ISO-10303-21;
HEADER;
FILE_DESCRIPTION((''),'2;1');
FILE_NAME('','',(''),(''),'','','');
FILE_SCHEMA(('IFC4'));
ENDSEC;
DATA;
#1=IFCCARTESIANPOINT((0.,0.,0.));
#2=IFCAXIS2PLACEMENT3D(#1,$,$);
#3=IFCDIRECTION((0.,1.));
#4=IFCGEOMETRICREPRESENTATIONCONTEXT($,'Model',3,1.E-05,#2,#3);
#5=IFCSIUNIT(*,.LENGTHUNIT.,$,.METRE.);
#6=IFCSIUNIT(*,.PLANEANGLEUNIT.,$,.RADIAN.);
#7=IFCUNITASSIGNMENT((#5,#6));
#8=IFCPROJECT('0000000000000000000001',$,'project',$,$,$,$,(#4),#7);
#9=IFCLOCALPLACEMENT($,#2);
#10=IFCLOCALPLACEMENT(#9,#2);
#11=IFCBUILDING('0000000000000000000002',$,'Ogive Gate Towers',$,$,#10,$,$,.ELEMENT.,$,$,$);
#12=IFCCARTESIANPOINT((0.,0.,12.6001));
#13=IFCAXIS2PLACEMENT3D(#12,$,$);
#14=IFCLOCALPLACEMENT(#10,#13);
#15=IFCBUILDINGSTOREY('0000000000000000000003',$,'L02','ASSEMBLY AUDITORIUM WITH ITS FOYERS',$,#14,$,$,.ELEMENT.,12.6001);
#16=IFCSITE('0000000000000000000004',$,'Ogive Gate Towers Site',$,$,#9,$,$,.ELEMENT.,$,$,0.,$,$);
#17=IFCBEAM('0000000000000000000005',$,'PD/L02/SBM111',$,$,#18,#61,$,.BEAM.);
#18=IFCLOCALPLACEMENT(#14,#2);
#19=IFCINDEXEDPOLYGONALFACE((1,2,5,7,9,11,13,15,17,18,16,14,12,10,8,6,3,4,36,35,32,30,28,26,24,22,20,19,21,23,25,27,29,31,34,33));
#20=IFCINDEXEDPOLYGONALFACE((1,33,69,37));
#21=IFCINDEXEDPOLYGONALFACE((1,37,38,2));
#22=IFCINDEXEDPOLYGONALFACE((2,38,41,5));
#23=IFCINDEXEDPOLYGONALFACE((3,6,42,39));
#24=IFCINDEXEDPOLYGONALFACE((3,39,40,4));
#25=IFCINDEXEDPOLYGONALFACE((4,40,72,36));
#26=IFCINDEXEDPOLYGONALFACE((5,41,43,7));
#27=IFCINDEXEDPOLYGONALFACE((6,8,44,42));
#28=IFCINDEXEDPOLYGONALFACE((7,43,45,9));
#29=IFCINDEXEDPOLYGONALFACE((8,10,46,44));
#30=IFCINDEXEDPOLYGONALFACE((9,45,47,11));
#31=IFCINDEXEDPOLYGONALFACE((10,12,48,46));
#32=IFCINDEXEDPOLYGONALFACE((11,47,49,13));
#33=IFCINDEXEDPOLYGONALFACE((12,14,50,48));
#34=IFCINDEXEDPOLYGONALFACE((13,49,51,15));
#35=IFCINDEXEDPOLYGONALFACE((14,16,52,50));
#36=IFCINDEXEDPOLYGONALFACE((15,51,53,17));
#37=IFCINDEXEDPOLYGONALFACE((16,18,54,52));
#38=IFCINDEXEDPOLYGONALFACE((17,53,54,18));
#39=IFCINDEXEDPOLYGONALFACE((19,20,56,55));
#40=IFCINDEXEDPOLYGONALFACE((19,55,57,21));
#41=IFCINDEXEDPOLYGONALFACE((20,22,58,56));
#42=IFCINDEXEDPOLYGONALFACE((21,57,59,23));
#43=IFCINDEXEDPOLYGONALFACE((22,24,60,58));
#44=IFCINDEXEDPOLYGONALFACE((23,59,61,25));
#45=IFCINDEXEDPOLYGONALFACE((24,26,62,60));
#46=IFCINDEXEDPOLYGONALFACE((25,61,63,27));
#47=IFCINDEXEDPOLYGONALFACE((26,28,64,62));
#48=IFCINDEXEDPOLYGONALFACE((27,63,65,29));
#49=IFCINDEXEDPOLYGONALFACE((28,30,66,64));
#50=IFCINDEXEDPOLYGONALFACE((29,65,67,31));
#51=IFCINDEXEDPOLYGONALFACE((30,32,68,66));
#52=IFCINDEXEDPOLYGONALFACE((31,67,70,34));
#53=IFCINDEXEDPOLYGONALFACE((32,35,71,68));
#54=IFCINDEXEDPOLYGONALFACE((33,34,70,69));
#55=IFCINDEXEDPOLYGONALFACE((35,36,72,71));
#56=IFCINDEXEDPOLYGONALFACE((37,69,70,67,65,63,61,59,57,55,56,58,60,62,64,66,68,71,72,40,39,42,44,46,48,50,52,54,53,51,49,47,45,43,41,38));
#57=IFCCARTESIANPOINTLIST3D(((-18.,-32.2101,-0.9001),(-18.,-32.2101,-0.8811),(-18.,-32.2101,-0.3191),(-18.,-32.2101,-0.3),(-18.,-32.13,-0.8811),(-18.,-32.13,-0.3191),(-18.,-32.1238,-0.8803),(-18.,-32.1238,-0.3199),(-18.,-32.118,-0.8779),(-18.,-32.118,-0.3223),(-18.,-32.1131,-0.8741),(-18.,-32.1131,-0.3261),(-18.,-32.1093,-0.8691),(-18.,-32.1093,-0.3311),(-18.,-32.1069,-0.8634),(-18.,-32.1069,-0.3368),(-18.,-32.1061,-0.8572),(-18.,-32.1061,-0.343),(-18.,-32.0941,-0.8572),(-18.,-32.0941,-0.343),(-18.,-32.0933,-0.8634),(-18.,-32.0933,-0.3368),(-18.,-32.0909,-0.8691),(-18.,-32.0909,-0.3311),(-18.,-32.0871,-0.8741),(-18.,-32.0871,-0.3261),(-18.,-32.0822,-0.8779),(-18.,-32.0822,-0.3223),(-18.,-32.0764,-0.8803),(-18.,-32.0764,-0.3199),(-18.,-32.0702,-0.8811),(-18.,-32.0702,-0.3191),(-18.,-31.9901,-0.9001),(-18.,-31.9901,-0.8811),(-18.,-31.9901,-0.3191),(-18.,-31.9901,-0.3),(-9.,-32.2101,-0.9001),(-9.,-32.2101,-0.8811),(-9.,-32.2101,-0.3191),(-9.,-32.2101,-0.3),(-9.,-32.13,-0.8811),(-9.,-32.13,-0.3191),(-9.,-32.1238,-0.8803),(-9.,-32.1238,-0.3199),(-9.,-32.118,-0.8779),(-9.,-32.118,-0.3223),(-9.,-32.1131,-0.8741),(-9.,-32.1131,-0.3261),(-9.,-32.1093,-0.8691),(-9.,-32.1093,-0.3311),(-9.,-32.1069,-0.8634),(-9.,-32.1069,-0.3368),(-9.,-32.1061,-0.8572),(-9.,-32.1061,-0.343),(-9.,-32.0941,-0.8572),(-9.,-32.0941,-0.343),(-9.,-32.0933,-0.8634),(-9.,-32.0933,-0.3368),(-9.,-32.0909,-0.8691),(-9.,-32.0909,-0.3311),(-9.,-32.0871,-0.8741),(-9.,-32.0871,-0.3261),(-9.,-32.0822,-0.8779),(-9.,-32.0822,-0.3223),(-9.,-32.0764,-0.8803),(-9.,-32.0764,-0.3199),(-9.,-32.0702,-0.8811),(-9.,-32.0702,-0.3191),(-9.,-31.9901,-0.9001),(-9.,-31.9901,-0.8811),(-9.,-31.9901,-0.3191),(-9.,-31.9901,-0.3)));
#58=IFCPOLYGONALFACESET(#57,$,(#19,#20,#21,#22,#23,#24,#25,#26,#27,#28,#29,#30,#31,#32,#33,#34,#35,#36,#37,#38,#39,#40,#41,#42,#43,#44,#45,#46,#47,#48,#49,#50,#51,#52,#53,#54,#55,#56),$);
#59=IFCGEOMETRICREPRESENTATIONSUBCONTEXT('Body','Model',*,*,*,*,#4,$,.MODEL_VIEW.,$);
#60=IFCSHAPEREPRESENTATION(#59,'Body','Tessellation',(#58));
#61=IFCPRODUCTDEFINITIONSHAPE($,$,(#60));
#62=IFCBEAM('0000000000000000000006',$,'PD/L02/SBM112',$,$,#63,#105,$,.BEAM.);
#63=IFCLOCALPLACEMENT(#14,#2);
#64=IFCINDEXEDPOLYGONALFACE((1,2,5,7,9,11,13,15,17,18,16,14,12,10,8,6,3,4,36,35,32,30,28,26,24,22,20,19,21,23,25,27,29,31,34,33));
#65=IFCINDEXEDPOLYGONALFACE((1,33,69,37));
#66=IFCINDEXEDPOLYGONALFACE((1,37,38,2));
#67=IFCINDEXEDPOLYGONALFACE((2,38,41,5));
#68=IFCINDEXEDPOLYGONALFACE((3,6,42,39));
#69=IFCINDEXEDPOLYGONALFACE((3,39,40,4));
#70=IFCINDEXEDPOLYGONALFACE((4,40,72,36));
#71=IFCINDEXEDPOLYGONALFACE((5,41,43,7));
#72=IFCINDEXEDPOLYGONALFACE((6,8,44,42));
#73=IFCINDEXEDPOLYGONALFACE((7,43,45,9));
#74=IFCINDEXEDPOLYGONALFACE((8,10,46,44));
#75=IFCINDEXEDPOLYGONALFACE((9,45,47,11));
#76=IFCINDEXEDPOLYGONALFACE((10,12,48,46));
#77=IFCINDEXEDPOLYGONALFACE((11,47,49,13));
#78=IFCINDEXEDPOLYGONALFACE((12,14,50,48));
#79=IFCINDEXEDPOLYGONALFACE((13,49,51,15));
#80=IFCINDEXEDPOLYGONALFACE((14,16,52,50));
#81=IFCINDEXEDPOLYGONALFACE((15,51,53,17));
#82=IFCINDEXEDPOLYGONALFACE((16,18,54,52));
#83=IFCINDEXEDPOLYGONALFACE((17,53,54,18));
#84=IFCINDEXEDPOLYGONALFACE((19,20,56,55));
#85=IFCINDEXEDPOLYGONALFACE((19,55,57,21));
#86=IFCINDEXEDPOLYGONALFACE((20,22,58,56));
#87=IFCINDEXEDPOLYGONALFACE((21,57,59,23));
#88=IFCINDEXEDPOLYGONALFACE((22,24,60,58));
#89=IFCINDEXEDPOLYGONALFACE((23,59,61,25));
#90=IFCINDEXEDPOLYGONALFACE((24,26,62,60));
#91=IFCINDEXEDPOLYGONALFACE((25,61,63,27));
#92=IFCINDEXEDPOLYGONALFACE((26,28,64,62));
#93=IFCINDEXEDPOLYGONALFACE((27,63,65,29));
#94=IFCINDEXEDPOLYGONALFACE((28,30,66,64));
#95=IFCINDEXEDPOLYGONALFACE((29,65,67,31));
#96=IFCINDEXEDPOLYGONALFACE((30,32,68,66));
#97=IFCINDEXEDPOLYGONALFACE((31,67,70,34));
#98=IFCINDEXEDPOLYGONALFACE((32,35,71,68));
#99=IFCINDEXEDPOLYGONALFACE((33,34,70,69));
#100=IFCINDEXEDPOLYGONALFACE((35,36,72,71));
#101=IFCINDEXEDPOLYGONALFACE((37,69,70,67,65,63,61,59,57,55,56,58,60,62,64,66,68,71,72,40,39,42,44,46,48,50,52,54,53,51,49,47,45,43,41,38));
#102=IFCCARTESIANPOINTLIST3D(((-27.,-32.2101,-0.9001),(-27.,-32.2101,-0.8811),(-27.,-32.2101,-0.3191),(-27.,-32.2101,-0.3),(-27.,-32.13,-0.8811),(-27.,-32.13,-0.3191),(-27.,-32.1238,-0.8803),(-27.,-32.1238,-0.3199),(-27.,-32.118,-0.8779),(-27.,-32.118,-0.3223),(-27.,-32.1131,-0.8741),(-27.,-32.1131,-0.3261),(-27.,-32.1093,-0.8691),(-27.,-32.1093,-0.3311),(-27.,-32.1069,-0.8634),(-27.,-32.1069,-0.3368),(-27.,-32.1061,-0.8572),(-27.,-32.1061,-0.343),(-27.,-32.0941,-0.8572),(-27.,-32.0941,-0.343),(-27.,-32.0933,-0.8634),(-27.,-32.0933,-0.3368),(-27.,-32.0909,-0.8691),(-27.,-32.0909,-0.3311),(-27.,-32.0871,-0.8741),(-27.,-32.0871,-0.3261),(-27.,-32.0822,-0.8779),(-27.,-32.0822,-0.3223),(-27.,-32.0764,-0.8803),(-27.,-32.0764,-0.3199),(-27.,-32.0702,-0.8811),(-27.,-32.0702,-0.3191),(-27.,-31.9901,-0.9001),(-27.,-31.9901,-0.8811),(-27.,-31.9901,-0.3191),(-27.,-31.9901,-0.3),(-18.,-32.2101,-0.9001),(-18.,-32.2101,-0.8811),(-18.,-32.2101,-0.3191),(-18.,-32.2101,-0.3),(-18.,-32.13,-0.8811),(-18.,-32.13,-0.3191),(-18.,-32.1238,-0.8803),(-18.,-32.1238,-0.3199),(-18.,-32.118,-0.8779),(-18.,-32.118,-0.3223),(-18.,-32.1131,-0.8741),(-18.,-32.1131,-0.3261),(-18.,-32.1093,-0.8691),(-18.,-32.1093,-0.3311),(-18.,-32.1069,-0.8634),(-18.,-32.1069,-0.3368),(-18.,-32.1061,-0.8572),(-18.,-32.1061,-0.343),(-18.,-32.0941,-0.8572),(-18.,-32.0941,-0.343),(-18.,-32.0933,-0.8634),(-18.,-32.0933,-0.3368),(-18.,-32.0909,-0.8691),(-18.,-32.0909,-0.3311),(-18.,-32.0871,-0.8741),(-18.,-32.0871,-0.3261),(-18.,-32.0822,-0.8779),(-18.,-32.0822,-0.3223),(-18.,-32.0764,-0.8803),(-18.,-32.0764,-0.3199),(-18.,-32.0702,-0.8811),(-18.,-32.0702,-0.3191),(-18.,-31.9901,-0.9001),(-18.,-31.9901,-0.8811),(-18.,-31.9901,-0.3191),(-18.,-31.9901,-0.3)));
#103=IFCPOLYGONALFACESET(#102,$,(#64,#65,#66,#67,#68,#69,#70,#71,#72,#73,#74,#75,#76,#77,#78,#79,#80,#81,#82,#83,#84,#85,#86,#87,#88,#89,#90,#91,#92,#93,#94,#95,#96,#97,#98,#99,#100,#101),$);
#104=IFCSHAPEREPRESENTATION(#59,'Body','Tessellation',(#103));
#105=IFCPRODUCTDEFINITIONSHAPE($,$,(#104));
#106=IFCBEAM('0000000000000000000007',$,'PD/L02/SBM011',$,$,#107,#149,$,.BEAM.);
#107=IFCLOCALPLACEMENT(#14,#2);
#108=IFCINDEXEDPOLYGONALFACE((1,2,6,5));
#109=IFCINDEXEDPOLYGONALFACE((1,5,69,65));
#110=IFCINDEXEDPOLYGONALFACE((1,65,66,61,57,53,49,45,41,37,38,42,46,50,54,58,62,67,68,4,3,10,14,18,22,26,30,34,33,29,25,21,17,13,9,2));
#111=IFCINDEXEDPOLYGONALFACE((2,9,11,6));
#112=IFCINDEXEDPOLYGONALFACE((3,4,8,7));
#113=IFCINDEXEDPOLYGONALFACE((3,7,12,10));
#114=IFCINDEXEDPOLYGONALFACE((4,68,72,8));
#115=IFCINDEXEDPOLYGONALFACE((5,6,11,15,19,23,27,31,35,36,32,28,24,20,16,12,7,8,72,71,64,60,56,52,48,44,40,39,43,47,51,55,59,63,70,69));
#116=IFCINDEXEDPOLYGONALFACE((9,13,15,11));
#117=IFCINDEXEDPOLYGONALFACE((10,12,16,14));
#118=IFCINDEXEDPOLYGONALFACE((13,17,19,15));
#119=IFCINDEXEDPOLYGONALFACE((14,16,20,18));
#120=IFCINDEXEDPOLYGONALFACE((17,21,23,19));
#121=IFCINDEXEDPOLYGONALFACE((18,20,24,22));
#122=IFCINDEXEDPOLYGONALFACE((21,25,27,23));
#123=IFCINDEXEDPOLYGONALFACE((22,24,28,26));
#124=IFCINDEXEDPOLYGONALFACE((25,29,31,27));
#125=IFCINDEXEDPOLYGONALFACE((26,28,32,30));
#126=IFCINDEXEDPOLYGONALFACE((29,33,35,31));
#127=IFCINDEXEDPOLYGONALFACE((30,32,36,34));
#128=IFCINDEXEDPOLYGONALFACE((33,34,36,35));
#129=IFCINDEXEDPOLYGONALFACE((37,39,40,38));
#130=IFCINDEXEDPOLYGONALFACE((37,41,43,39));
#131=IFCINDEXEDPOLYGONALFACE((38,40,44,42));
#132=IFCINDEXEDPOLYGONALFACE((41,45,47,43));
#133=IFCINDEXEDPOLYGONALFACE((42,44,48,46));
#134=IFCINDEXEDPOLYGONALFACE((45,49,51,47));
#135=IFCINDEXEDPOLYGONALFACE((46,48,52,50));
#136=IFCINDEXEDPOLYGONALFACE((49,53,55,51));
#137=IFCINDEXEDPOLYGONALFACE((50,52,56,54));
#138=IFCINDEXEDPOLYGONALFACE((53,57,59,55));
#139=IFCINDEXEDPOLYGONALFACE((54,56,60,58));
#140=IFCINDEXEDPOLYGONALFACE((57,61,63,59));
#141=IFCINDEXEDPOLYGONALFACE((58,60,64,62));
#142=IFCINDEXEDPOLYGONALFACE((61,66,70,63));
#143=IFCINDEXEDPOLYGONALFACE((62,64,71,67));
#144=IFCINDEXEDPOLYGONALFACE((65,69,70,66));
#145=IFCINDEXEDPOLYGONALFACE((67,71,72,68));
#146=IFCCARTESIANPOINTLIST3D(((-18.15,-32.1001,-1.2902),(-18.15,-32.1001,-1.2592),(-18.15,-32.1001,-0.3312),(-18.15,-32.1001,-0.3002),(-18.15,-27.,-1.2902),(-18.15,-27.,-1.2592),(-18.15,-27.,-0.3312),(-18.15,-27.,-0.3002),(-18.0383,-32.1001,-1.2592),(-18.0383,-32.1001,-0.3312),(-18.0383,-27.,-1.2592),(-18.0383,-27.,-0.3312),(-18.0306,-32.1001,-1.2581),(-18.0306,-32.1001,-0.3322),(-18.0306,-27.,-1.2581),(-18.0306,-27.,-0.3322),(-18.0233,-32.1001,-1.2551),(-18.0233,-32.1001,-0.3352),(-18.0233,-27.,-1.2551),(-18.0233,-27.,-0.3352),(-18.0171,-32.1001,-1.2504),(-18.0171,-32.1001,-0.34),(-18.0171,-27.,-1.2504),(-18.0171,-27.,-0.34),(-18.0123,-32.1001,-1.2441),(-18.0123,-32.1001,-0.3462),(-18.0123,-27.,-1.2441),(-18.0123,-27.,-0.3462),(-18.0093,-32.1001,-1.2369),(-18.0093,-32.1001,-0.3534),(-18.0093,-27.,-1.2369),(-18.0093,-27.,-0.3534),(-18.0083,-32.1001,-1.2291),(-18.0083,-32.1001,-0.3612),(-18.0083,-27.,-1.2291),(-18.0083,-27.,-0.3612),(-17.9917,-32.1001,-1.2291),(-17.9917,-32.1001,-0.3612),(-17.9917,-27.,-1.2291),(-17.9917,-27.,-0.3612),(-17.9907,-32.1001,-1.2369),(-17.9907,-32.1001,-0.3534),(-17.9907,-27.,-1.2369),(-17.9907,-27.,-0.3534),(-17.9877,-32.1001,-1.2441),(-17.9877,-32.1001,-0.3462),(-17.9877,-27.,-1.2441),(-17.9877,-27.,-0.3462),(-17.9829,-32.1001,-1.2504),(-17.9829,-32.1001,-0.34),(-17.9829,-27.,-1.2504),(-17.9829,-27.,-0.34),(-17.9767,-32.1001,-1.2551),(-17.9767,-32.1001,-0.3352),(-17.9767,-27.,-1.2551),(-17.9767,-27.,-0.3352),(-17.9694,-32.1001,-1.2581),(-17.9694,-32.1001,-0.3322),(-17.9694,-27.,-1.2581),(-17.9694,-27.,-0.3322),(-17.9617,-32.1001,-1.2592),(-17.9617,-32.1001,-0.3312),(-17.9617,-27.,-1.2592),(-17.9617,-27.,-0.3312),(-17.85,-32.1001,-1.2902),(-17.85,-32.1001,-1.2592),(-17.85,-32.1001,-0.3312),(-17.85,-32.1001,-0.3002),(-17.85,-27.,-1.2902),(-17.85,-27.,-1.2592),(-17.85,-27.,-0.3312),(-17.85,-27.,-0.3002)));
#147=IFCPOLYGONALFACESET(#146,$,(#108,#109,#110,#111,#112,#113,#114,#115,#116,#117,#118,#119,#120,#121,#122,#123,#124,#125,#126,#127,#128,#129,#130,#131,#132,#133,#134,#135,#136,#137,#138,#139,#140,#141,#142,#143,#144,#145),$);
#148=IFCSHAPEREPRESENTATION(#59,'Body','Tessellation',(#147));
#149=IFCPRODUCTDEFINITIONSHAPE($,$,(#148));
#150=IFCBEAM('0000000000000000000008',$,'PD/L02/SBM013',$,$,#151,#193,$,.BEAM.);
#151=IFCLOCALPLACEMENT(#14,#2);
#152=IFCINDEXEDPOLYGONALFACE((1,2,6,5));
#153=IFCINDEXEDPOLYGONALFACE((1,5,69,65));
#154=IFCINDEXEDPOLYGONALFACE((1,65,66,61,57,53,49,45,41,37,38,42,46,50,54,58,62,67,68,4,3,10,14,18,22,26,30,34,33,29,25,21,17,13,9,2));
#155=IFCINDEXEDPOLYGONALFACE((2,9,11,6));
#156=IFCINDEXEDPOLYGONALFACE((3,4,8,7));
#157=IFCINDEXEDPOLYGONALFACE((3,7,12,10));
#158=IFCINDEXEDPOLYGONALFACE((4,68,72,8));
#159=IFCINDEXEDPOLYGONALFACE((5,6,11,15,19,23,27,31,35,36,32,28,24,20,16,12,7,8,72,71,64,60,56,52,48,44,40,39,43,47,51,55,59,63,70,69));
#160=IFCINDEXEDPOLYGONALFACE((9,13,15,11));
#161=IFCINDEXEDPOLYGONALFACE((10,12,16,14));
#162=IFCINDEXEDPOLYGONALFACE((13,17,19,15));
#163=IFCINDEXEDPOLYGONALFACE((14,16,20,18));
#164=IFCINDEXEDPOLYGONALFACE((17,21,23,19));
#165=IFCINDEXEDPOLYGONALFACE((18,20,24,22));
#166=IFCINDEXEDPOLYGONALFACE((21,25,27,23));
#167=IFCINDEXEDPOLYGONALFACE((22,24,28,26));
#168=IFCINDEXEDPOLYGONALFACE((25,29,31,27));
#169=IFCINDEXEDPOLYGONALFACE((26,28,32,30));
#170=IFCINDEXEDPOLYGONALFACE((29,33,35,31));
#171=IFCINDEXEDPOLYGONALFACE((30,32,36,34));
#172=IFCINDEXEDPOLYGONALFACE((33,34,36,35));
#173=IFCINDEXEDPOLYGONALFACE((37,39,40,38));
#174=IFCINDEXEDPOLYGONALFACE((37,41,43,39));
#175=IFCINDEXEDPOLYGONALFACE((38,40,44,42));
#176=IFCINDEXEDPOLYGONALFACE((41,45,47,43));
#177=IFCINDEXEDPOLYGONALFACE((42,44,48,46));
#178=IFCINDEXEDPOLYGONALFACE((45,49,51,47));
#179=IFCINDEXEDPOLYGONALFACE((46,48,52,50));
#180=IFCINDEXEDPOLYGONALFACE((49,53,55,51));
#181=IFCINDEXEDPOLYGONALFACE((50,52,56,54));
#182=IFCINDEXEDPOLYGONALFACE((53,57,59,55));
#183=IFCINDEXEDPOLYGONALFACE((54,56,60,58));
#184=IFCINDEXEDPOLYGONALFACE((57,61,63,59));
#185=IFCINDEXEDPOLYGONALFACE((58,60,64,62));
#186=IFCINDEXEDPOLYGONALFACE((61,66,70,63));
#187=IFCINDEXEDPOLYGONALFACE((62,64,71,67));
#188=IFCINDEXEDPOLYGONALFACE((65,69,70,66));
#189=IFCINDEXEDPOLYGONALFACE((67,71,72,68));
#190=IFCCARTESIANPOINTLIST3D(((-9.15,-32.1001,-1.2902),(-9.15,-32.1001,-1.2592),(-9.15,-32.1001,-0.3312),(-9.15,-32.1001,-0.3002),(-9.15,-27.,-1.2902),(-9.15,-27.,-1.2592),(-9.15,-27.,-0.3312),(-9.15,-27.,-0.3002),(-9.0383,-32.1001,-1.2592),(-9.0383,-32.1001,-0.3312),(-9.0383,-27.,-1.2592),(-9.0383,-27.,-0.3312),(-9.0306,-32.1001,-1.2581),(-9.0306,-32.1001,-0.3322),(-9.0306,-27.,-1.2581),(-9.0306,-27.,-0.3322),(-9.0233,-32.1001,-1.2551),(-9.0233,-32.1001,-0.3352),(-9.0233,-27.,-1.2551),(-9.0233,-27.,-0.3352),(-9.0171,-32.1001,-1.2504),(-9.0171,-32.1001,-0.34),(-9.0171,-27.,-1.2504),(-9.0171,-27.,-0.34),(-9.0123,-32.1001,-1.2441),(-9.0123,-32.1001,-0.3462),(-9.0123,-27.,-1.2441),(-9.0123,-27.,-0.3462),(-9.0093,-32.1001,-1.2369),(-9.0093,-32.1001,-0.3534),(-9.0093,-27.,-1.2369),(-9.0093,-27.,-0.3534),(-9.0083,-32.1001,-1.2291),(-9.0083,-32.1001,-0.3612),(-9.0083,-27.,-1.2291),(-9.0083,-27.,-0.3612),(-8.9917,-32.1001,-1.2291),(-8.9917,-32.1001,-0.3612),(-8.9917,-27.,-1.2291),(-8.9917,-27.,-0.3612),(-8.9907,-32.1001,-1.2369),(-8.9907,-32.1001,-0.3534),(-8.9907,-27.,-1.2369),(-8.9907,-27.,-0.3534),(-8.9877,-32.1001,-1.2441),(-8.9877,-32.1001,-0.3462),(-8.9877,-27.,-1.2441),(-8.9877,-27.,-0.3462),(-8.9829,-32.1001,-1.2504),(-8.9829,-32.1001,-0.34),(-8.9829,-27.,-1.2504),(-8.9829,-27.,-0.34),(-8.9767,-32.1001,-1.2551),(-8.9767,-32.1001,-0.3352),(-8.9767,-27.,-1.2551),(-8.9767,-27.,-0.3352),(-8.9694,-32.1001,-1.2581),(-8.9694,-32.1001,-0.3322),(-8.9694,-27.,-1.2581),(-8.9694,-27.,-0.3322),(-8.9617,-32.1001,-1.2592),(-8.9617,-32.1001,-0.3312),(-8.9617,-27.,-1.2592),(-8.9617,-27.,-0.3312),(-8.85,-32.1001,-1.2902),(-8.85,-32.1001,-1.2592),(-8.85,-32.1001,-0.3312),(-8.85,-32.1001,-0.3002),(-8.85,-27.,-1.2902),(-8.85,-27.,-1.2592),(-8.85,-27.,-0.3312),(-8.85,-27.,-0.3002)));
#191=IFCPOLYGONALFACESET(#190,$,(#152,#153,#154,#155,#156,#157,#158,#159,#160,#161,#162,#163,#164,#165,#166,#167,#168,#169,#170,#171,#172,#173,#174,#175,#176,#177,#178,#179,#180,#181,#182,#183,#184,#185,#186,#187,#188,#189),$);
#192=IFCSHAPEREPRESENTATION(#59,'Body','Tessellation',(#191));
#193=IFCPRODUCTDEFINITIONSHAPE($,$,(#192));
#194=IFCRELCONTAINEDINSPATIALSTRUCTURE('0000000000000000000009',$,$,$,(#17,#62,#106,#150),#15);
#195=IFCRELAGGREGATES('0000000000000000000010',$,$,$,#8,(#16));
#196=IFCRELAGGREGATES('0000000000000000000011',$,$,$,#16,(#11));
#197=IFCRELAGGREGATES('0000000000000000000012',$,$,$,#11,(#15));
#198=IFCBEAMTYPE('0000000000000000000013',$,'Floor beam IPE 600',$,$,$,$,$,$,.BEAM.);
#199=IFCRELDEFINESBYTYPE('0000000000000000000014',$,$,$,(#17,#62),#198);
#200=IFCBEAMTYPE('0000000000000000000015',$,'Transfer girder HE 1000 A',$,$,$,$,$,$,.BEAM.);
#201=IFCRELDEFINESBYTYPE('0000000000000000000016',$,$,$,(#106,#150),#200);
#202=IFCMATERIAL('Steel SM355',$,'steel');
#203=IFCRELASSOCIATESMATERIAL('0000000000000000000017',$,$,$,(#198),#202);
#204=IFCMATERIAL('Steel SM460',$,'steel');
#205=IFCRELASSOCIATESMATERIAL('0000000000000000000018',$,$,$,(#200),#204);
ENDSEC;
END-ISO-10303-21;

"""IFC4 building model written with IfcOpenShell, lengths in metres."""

from ifc_helpers import new_model, si_unit, direction, frame, origin, origin_2d, place, context, subcontext, project, spatial, i_section, extrude, material, material_profile, profile_set, type_object, element, save


model = new_model("IFC4")

# Units and contexts
model_context = context("Model", 3, precision=1e-05, world=origin(), true_north=direction((0.0, 1.0)))
body_context = subcontext(model_context, "Body", "Model", "MODEL_VIEW")
ifc_project = project(units=[si_unit("LENGTHUNIT", "METRE"), si_unit("PLANEANGLEUNIT", "RADIAN")], contexts=[model_context])

# Site, building, storey
site_placement = place(None, origin())
site = spatial("IfcSite", under=ifc_project, at=site_placement, Name="Ogive Gate Towers Site", CompositionType="ELEMENT", RefElevation=0.0)
building_placement = place(site_placement, origin())
building = spatial("IfcBuilding", under=site, at=building_placement, Name="Ogive Gate Towers", CompositionType="ELEMENT")
storey_placement = place(building_placement, frame((0.0, 0.0, 12.6001)))
storey = spatial("IfcBuildingStorey", under=building, at=storey_placement, Name="L02", Description="ASSEMBLY AUDITORIUM WITH ITS FOYERS", CompositionType="ELEMENT", Elevation=12.6001)

# Beams
ifc_material_1 = material(Name="Steel SM355", Category="steel")
ifc_material_profile_1 = material_profile(ifc_material_1, i_section(OverallWidth=0.22, OverallDepth=0.6001, WebThickness=0.012, FlangeThickness=0.019, FilletRadius=0.0239, at=origin_2d()), Name="IPE 600")
ifc_profile_set_1 = profile_set([ifc_material_profile_1], Name="Steel SM355")
beam_type_1 = type_object("IfcBeamType", Name="Floor beam IPE 600", PredefinedType="BEAM", material=ifc_profile_set_1)
for number, where, z_axis, x_axis, name in (
    (1, (-9.0, -32.1001, -0.6001), (-1.0, 0.0, 0.0), (0.0, -1.0, 0.0), "PD/L02/SBM111"),
    (2, (-18.0, -32.1001, -0.6001), (-1.0, 0.0, 0.0), (0.0, -1.0, 0.0), "PD/L02/SBM112"),
):
    element("IfcBeam", number, at=place(storey_placement, frame(where, z_axis=z_axis, x_axis=x_axis)), inside=storey, type_object=beam_type_1, Name=name, PredefinedType="BEAM", context=body_context, shape_type="SweptSolid", body=[
        extrude(i_section(OverallWidth=0.22, OverallDepth=0.6001, WebThickness=0.012, FlangeThickness=0.019, FilletRadius=0.0239, at=origin_2d()), origin(), (0.0, 0.0, 1.0), 9.0),
    ])
ifc_material_2 = material(Name="Steel SM460", Category="steel")
ifc_material_profile_2 = material_profile(ifc_material_2, i_section(OverallWidth=0.3, OverallDepth=0.99, WebThickness=0.0166, FlangeThickness=0.031, FilletRadius=0.03, at=origin_2d()), Name="HE 1000 A")
ifc_profile_set_2 = profile_set([ifc_material_profile_2], Name="Steel SM460")
beam_type_2 = type_object("IfcBeamType", Name="Transfer girder HE 1000 A", PredefinedType="BEAM", material=ifc_profile_set_2)
for number, where, z_axis, x_axis, name in (
    (3, (-18.0, -32.1001, -0.7952), (0.0, 1.0, 0.0), (-1.0, 0.0, 0.0), "PD/L02/SBM011"),
    (4, (-9.0, -32.1001, -0.7952), (0.0, 1.0, 0.0), (-1.0, 0.0, 0.0), "PD/L02/SBM013"),
):
    element("IfcBeam", number, at=place(storey_placement, frame(where, z_axis=z_axis, x_axis=x_axis)), inside=storey, type_object=beam_type_2, Name=name, PredefinedType="BEAM", context=body_context, shape_type="SweptSolid", body=[
        extrude(i_section(OverallWidth=0.3, OverallDepth=0.99, WebThickness=0.0166, FlangeThickness=0.031, FilletRadius=0.03, at=origin_2d()), origin(), (0.0, 0.0, 1.0), 5.1001),
    ])

save(model, "model.ifc")
